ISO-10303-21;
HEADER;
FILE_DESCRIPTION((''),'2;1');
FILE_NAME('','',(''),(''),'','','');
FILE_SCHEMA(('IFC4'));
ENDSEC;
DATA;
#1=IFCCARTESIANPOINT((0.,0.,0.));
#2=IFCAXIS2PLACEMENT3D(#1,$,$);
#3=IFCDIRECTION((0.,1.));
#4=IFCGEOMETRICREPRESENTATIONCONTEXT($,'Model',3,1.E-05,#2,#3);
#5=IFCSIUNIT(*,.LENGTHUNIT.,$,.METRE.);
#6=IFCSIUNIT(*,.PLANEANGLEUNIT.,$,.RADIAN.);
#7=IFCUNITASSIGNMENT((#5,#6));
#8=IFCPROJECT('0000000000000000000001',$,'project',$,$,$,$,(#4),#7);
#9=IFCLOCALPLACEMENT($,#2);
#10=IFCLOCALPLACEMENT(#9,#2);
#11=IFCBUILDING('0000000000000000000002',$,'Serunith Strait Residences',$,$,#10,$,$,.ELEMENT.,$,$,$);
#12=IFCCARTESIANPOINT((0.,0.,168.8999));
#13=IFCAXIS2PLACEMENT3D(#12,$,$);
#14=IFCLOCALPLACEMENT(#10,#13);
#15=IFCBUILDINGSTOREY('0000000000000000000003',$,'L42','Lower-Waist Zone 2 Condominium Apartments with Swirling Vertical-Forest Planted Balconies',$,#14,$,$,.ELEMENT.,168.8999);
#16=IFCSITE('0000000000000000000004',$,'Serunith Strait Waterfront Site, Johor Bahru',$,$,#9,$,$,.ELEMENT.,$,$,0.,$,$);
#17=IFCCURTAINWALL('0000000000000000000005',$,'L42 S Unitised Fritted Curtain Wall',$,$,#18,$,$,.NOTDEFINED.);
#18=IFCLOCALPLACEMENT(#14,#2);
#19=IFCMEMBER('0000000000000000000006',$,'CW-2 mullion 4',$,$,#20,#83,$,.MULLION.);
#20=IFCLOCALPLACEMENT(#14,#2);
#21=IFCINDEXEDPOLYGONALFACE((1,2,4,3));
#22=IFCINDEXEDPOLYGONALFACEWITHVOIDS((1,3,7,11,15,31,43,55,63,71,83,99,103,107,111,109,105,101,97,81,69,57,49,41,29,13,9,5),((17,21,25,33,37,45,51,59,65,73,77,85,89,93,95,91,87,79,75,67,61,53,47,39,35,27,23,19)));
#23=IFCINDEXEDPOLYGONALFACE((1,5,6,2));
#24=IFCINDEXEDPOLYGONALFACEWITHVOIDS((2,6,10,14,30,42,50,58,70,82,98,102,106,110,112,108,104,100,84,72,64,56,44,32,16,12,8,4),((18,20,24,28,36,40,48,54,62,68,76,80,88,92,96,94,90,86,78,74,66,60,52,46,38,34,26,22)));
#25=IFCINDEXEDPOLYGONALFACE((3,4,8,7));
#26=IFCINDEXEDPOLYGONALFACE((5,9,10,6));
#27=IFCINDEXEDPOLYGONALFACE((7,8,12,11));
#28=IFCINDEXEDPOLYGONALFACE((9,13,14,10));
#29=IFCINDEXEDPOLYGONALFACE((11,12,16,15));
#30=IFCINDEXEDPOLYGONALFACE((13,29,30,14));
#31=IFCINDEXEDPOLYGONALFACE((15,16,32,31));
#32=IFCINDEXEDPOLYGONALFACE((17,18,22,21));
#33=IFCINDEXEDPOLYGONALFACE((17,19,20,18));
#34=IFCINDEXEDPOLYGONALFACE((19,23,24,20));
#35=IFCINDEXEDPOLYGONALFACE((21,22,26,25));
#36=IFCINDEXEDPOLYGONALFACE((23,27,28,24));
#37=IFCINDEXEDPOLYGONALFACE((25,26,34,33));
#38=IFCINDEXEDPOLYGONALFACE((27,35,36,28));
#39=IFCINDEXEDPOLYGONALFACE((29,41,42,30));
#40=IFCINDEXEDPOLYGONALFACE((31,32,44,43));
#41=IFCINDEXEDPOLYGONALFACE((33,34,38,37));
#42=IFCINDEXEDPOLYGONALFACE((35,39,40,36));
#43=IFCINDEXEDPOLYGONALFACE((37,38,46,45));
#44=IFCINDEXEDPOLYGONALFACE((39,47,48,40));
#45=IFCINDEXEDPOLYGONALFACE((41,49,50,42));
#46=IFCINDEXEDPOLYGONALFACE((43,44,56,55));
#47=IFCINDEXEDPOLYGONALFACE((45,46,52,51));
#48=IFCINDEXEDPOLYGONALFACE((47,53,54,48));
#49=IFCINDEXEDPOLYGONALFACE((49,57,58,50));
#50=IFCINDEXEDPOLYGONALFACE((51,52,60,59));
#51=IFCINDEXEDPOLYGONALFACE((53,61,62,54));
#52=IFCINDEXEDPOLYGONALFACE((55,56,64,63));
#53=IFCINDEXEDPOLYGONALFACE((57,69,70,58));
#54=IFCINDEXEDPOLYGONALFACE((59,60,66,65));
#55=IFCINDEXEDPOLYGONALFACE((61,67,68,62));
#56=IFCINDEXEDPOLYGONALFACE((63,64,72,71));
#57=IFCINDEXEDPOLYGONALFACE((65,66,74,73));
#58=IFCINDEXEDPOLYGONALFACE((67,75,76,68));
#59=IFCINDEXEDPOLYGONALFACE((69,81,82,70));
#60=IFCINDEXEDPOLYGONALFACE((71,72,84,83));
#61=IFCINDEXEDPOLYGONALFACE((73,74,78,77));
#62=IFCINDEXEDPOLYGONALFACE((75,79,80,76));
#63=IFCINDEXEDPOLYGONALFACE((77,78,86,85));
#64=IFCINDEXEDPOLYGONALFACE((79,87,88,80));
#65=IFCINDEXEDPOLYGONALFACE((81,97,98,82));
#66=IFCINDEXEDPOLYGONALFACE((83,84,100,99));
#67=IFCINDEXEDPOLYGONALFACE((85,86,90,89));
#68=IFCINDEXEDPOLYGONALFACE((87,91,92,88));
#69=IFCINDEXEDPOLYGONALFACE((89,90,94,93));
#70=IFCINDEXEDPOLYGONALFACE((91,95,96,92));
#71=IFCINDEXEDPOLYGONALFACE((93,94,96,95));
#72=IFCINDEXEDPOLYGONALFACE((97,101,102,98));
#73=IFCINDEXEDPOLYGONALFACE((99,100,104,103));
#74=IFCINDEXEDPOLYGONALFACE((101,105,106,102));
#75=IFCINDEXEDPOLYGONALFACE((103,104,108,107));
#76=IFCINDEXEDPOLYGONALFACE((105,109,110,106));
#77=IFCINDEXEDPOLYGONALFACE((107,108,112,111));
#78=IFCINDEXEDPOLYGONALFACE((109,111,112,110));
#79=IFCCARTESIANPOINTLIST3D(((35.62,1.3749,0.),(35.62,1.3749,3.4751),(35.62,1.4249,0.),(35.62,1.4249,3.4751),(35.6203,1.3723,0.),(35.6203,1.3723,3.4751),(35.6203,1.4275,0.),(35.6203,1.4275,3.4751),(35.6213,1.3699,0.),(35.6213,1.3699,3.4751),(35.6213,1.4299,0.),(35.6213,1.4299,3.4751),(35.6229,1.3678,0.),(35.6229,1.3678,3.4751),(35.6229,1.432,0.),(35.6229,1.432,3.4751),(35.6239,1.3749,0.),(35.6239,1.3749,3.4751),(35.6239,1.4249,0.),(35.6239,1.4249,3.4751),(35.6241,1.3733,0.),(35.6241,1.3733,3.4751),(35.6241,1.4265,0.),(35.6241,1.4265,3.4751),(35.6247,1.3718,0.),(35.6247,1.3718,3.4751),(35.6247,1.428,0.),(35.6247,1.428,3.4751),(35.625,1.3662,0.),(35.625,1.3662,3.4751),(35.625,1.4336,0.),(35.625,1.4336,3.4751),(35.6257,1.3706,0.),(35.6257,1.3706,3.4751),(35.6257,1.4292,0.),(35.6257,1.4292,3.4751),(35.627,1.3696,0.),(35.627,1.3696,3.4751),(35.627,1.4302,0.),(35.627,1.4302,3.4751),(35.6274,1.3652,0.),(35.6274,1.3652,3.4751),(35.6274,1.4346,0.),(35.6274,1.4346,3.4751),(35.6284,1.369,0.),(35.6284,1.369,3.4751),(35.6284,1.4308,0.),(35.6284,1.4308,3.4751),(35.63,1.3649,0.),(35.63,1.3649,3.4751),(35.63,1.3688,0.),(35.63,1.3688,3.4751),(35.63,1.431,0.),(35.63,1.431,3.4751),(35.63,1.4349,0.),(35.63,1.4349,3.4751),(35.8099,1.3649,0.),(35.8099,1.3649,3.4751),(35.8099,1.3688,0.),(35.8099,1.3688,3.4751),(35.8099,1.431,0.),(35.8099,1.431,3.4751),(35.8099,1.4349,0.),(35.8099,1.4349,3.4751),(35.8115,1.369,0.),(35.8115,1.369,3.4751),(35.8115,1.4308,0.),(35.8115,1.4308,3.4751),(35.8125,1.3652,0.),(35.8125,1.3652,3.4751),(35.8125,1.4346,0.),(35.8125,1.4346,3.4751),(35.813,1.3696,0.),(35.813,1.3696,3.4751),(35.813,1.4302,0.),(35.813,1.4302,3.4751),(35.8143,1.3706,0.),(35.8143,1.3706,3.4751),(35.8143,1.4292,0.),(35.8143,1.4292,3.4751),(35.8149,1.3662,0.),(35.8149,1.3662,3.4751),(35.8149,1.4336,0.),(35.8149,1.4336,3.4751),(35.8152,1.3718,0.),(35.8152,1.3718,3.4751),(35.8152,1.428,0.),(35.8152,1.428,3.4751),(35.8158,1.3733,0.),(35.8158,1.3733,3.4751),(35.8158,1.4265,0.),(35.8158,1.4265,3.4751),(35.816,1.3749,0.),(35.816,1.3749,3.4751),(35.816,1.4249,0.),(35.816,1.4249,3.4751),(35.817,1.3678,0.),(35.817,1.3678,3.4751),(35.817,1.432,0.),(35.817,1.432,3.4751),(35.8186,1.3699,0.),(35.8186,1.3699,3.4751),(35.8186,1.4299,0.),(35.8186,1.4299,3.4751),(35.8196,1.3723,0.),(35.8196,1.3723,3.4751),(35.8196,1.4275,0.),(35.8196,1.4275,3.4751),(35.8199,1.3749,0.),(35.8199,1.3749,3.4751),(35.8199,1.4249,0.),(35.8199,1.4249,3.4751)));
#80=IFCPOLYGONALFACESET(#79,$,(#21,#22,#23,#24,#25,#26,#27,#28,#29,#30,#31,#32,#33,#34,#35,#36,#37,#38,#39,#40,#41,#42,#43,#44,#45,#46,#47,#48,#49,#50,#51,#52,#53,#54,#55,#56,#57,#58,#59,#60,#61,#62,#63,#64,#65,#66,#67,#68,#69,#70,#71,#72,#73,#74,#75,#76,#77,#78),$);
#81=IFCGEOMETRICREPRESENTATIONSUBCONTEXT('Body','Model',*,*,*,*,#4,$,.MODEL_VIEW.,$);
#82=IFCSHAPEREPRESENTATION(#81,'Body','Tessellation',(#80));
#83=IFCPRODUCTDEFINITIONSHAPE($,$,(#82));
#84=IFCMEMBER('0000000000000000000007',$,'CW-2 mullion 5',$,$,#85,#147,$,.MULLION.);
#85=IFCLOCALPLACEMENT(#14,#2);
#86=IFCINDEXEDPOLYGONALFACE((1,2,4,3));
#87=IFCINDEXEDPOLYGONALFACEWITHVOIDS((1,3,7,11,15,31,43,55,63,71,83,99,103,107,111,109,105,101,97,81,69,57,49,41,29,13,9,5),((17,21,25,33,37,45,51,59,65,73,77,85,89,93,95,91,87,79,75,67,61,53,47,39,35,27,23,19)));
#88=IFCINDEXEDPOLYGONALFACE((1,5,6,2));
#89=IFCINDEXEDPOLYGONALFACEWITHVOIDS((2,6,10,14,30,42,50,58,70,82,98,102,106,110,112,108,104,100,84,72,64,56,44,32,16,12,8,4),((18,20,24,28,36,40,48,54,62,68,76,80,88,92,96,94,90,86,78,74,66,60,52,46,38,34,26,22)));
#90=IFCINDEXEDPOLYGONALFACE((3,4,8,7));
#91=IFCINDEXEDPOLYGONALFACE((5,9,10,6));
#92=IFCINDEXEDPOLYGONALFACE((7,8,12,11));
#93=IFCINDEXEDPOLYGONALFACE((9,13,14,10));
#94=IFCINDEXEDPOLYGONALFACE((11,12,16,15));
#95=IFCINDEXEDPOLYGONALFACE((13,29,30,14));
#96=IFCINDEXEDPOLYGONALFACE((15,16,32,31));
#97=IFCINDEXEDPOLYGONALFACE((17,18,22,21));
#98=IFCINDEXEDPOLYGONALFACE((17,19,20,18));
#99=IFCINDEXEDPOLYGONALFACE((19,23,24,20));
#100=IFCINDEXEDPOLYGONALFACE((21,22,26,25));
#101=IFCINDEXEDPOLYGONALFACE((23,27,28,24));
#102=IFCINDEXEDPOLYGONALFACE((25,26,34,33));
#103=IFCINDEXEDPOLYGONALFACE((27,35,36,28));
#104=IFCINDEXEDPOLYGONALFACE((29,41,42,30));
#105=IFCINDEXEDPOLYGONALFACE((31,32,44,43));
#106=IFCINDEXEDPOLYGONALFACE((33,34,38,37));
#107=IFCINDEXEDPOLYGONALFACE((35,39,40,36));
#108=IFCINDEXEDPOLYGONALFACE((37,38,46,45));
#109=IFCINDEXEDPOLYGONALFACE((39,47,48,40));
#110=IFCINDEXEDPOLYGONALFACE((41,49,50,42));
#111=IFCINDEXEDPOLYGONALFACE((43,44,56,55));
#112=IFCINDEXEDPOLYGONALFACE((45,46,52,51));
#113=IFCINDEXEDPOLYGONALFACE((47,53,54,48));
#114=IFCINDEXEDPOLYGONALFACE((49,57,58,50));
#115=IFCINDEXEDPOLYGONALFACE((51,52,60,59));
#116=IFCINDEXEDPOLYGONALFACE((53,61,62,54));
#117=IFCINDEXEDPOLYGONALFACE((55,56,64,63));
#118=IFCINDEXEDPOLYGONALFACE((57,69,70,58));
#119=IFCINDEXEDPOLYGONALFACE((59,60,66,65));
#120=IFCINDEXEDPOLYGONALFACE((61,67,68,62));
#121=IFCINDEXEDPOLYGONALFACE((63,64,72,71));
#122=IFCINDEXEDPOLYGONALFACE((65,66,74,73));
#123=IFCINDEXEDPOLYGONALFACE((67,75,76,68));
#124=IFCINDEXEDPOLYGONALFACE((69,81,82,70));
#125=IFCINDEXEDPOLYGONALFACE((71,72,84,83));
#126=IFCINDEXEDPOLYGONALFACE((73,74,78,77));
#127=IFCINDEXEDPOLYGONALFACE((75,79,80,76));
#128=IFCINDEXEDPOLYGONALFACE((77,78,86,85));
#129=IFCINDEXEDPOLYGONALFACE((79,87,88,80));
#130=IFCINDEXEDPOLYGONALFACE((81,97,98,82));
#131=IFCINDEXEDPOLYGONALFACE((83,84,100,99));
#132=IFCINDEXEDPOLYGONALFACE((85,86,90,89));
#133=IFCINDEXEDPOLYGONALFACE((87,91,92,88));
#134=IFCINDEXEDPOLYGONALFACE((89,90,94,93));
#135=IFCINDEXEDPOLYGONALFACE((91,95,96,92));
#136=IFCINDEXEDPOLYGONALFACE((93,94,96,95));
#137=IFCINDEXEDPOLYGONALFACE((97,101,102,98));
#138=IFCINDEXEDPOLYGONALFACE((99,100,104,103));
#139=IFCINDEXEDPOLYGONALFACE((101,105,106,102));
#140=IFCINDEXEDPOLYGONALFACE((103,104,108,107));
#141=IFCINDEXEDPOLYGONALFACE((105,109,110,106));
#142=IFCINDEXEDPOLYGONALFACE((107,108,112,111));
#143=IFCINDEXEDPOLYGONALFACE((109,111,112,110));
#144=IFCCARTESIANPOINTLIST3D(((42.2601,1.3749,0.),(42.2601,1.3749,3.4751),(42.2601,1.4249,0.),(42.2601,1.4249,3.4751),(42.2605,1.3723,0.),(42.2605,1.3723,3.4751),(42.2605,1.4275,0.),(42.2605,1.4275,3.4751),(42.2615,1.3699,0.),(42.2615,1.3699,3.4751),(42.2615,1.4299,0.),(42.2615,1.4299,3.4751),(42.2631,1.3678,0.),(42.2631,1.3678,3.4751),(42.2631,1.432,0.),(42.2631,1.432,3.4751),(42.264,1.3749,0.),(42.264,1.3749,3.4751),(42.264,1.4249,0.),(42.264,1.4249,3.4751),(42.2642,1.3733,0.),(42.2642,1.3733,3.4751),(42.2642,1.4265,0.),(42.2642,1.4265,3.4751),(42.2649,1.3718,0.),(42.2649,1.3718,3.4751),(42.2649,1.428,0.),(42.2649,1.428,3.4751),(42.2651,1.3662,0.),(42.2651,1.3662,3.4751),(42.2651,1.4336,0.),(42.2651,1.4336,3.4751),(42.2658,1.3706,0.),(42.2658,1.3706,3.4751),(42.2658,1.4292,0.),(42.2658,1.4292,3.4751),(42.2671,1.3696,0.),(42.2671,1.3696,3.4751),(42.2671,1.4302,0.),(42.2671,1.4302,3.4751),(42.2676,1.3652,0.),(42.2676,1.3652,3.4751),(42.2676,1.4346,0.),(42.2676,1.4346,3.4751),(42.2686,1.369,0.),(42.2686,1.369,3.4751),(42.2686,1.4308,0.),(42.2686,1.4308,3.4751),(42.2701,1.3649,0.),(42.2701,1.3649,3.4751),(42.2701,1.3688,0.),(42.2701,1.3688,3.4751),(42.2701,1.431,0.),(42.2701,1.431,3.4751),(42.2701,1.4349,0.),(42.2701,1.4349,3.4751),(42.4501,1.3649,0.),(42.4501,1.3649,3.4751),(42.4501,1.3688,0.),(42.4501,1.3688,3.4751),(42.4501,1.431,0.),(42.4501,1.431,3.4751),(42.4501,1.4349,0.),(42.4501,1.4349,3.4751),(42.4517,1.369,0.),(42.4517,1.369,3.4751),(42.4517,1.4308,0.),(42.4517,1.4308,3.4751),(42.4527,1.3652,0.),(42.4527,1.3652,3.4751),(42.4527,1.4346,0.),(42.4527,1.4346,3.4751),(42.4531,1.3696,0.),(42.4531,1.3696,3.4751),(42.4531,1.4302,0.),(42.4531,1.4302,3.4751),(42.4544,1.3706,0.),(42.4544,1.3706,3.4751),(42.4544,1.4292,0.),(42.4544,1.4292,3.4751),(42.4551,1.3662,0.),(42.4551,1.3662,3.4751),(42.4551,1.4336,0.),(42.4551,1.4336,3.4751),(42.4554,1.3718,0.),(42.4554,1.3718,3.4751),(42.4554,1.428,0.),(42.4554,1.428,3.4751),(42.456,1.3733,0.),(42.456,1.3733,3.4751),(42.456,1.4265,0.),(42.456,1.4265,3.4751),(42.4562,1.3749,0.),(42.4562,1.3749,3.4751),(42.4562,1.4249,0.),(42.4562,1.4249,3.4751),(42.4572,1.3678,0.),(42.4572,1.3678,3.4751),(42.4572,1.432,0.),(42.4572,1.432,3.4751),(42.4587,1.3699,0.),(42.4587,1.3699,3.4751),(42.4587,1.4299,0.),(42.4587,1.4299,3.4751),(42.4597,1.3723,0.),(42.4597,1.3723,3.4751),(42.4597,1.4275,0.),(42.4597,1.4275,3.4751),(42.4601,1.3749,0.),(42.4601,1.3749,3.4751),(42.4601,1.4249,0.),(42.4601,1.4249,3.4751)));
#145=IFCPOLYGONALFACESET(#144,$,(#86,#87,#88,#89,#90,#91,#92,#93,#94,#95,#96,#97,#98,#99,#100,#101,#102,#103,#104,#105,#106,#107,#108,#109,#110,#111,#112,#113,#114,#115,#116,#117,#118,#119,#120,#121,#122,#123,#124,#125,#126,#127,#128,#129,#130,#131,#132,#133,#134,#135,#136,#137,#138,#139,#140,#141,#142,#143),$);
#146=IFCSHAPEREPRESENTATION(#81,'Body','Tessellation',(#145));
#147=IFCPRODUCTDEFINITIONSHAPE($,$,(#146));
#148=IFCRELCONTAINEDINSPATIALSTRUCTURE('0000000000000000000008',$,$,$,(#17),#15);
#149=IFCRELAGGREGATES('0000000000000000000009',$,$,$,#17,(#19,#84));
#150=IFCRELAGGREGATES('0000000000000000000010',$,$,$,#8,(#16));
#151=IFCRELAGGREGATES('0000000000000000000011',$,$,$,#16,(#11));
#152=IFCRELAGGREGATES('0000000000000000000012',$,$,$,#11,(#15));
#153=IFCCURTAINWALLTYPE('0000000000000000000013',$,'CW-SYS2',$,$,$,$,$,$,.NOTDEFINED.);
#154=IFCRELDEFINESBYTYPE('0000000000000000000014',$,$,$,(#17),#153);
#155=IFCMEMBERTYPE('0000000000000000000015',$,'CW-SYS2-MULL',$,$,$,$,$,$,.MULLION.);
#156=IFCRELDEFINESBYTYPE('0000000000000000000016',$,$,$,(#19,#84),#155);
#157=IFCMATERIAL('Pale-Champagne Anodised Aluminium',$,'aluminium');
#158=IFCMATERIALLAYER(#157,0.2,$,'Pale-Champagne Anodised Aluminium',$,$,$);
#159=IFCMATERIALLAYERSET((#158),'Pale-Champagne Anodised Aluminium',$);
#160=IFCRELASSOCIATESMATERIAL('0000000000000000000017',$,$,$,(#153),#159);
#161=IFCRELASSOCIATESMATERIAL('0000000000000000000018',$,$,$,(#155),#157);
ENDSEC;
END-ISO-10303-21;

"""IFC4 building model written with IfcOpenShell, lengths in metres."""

from ifc_helpers import new_model, si_unit, direction, frame, origin, origin_2d, place, context, subcontext, project, spatial, hollow_rectangle, extrude, source, transform, mapped, material, layer, layer_set, material_profile, profile_set, type_object, element, aggregate, save


model = new_model("IFC4")

# Units and contexts
model_context = context("Model", 3, precision=1e-05, world=origin(), true_north=direction((0.0, 1.0)))
body_context = subcontext(model_context, "Body", "Model", "MODEL_VIEW")
ifc_project = project(units=[si_unit("LENGTHUNIT", "METRE"), si_unit("PLANEANGLEUNIT", "RADIAN")], contexts=[model_context])

# Site, building, storey
site_placement = place(None, origin())
site = spatial("IfcSite", under=ifc_project, at=site_placement, Name="Serunith Strait Waterfront Site, Johor Bahru", CompositionType="ELEMENT", RefElevation=0.0)
building_placement = place(site_placement, origin())
building = spatial("IfcBuilding", under=site, at=building_placement, Name="Serunith Strait Residences", CompositionType="ELEMENT")
storey_placement = place(building_placement, frame((0.0, 0.0, 168.8999)))
storey = spatial("IfcBuildingStorey", under=building, at=storey_placement, Name="L42", Description="Lower-Waist Zone 2 Condominium Apartments with Swirling Vertical-Forest Planted Balconies", CompositionType="ELEMENT", Elevation=168.8999)

# Curtain wall, members
ifc_material_1 = material(Name="Pale-Champagne Anodised Aluminium", Category="aluminium")
ifc_layer_1 = layer(ifc_material_1, 0.2, Name="Pale-Champagne Anodised Aluminium")
ifc_layer_set_1 = layer_set([ifc_layer_1], Name="Pale-Champagne Anodised Aluminium")
curtain_wall_type = type_object("IfcCurtainWallType", Name="CW-SYS2", PredefinedType="NOTDEFINED", material=ifc_layer_set_1)
curtain_wall_placement = place(storey_placement, origin())
curtain_wall = element("IfcCurtainWall", 1, at=curtain_wall_placement, inside=storey, type_object=curtain_wall_type, Name="L42 S Unitised Fritted Curtain Wall", PredefinedType="NOTDEFINED")
ifc_material_profile_1 = material_profile(ifc_material_1, hollow_rectangle(XDim=0.0701, YDim=0.2, WallThickness=0.0039, InnerFilletRadius=0.0061, OuterFilletRadius=0.01, at=origin_2d()), Name="ALU 200x70x4")
ifc_profile_set_1 = profile_set([ifc_material_profile_1], Name="Pale-Champagne Anodised Aluminium")
member_type_1 = type_object("IfcMemberType", Name="CW-SYS2-MULL", PredefinedType="MULLION", material=ifc_profile_set_1)
shared_shape_1 = source(origin(), body_context, "Body", "SweptSolid", [
    extrude(hollow_rectangle(XDim=0.0701, YDim=0.2, WallThickness=0.0039, InnerFilletRadius=0.0061, OuterFilletRadius=0.01, at=origin_2d()), origin(), (0.0, 0.0, 1.0), 3.4751),
])
member_1_placement = place(storey_placement, frame((35.72, 1.3999, 0.0), z_axis=(0.0, 0.0, 1.0), x_axis=(0.0, 1.0, 0.0)))
member_1 = element("IfcMember", 2, at=member_1_placement, type_object=member_type_1, Name="CW-2 mullion 4", PredefinedType="MULLION", context=body_context, shape_type="MappedRepresentation", body=[
    mapped(shared_shape_1, transform((0.0, 0.0, 0.0), scale=1.0)),
])
member_2_placement = place(storey_placement, frame((42.3601, 1.3999, 0.0), z_axis=(0.0, 0.0, 1.0), x_axis=(0.0, 1.0, 0.0)))
member_2 = element("IfcMember", 3, at=member_2_placement, type_object=member_type_1, Name="CW-2 mullion 5", PredefinedType="MULLION", context=body_context, shape_type="MappedRepresentation", body=[
    mapped(shared_shape_1, transform((0.0, 0.0, 0.0), scale=1.0)),
])
aggregate(curtain_wall, [member_1, member_2])

save(model, "model.ifc")
